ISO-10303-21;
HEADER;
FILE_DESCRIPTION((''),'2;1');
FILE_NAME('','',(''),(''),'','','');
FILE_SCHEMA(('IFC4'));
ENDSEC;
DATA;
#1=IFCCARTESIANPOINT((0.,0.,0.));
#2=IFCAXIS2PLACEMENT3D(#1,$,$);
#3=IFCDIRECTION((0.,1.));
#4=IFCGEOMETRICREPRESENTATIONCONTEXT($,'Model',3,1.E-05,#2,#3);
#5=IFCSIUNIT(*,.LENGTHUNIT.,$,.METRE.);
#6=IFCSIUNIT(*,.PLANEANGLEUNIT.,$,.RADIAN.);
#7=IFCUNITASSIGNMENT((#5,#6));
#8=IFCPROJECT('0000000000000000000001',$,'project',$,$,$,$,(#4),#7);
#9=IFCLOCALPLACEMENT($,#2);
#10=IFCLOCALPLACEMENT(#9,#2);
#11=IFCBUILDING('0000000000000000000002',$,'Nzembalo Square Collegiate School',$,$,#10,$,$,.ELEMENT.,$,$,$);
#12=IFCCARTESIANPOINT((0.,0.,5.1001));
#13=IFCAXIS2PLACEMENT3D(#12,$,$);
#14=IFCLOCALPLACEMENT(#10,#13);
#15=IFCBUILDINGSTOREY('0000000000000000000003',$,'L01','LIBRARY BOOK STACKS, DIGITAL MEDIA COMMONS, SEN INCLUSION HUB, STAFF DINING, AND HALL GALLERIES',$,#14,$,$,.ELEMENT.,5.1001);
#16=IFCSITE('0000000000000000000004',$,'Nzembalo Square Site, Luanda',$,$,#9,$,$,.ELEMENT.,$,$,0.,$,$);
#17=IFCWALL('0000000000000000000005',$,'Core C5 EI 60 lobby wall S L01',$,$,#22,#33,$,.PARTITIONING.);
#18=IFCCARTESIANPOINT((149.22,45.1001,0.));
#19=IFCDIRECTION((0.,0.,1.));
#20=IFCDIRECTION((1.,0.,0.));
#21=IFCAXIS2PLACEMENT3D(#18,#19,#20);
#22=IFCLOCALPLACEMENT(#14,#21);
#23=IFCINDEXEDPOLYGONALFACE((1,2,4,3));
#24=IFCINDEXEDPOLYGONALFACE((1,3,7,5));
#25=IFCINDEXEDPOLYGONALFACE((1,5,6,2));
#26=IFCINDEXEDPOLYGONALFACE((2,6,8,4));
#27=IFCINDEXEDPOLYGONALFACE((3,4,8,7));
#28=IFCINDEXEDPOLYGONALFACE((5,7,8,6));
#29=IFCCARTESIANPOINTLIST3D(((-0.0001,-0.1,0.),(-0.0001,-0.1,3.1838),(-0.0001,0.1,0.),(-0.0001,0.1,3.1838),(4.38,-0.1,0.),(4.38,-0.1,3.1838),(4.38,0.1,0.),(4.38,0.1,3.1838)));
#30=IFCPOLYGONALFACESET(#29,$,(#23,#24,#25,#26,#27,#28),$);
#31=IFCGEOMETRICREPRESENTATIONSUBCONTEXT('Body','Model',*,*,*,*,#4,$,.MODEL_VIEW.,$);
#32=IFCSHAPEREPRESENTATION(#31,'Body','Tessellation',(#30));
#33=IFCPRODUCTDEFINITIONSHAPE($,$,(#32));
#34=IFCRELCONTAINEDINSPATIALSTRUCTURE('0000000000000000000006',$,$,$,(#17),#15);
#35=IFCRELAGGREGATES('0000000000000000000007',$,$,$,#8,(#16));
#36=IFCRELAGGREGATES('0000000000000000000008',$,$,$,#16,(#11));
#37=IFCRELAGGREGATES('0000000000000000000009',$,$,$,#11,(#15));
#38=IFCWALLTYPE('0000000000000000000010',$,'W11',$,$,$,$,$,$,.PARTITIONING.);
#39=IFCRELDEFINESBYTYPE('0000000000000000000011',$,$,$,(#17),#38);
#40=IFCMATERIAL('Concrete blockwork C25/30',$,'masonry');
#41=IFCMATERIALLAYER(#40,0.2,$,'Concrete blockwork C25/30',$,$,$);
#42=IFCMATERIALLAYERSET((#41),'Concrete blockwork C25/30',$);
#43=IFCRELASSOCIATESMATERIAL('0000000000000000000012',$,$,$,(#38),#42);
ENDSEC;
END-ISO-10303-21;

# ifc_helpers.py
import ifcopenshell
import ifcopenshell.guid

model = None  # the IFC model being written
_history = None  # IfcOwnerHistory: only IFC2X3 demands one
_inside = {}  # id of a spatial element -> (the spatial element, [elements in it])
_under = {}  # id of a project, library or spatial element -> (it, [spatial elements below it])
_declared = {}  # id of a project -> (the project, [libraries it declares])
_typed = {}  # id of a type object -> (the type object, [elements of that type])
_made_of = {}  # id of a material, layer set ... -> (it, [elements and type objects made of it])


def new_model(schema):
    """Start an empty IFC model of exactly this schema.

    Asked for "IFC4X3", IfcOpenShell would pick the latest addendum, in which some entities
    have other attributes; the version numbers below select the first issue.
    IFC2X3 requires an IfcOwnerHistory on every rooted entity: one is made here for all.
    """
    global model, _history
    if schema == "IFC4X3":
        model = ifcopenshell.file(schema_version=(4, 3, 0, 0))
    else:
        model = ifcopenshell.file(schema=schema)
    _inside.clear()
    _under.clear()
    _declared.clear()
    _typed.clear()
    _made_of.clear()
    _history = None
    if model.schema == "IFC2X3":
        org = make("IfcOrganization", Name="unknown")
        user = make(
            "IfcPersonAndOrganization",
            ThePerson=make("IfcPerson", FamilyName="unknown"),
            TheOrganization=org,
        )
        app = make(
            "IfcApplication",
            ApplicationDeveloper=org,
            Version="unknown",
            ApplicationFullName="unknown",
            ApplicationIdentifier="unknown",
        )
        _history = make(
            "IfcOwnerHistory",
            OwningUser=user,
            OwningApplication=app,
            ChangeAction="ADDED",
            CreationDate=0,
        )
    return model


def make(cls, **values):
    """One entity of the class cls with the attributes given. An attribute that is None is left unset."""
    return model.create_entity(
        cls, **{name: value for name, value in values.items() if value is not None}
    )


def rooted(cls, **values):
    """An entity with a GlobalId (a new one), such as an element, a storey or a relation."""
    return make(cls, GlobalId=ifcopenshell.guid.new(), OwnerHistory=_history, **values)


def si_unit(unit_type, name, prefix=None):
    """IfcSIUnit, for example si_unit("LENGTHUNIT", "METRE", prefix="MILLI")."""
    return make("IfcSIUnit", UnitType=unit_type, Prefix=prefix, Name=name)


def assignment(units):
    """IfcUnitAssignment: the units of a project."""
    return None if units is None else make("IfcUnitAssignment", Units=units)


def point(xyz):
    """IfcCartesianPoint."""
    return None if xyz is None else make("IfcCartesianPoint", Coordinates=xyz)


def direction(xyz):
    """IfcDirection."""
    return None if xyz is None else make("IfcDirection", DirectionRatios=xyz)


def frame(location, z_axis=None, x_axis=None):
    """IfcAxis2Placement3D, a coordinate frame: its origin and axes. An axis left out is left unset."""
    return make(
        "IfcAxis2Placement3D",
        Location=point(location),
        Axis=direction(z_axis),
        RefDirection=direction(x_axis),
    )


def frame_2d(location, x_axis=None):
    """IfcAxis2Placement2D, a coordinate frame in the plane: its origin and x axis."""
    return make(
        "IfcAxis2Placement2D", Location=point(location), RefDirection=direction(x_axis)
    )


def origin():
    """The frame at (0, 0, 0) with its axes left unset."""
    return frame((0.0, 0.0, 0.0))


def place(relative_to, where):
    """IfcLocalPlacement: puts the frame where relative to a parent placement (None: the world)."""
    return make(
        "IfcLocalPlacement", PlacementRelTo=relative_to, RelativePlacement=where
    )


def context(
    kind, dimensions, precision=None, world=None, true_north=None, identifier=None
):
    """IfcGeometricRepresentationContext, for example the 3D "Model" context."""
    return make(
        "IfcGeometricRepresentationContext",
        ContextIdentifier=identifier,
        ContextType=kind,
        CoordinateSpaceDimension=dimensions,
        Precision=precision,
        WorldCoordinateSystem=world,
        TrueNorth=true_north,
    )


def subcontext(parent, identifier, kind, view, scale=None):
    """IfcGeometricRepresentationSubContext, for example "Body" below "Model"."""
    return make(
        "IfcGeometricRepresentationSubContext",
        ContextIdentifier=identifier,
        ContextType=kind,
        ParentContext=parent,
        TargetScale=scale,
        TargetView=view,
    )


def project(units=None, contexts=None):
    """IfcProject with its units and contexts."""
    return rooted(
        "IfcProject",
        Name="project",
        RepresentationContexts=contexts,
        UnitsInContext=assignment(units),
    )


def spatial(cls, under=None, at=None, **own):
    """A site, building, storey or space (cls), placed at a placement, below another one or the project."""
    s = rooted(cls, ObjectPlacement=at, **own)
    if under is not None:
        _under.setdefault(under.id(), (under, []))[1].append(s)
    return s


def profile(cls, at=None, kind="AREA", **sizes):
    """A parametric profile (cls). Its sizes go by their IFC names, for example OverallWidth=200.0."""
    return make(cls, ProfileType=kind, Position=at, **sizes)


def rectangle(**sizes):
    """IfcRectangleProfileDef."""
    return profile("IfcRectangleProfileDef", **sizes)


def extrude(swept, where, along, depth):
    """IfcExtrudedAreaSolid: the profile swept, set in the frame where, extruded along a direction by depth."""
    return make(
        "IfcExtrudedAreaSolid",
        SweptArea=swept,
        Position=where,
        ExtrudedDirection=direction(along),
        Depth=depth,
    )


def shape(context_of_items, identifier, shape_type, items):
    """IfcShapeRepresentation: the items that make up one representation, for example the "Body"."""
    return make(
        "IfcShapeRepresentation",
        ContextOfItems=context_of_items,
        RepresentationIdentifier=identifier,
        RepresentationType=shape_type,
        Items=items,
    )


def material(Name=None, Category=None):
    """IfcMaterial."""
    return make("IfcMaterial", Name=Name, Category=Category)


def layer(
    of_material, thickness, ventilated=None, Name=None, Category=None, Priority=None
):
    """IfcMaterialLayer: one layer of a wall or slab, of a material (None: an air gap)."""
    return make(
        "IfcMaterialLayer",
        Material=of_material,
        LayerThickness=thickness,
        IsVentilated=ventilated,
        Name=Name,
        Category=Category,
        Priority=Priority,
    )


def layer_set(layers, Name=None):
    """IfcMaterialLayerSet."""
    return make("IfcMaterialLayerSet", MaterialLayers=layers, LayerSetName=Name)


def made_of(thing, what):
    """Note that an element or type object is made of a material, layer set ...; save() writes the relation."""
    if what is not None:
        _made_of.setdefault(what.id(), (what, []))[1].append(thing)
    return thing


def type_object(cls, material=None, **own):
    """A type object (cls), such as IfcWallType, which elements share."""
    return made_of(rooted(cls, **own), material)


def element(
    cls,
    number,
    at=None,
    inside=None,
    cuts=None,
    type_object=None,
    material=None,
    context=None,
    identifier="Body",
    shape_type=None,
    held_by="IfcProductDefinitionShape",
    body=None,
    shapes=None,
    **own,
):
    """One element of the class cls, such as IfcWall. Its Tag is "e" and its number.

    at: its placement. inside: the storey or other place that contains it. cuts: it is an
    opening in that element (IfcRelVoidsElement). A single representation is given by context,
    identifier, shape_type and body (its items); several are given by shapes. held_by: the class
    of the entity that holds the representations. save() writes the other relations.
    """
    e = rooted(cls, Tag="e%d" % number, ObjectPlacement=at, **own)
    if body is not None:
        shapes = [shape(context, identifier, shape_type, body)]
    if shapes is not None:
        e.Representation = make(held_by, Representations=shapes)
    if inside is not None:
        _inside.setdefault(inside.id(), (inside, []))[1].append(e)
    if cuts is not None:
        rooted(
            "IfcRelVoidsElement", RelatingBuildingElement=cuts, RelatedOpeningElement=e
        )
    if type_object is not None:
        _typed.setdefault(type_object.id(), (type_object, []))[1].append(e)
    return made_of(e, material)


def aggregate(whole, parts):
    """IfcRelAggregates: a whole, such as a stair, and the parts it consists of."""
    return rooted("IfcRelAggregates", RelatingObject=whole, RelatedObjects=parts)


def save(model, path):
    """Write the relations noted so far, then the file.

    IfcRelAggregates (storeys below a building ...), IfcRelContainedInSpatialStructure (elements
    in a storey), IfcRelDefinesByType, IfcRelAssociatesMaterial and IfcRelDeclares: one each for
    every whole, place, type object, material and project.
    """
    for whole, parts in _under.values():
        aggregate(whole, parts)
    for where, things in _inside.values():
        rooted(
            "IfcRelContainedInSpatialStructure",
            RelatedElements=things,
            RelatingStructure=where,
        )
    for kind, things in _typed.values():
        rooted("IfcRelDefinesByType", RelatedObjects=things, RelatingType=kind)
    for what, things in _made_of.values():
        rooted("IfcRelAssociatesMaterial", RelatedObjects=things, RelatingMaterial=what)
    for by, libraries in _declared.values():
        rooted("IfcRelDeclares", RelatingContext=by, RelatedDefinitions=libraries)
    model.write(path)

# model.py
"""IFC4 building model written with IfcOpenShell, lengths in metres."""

from ifc_helpers import new_model, si_unit, direction, frame, frame_2d, origin, place, context, subcontext, project, spatial, rectangle, extrude, material, layer, layer_set, type_object, element, save


model = new_model("IFC4")

# Units and contexts
model_context = context("Model", 3, precision=1e-05, world=origin(), true_north=direction((0.0, 1.0)))
body_context = subcontext(model_context, "Body", "Model", "MODEL_VIEW")
ifc_project = project(units=[si_unit("LENGTHUNIT", "METRE"), si_unit("PLANEANGLEUNIT", "RADIAN")], contexts=[model_context])

# Site, building, storey
site_placement = place(None, origin())
site = spatial("IfcSite", under=ifc_project, at=site_placement, Name="Nzembalo Square Site, Luanda", CompositionType="ELEMENT", RefElevation=0.0)
building_placement = place(site_placement, origin())
building = spatial("IfcBuilding", under=site, at=building_placement, Name="Nzembalo Square Collegiate School", CompositionType="ELEMENT")
storey_placement = place(building_placement, frame((0.0, 0.0, 5.1001)))
storey = spatial("IfcBuildingStorey", under=building, at=storey_placement, Name="L01", Description="LIBRARY BOOK STACKS, DIGITAL MEDIA COMMONS, SEN INCLUSION HUB, STAFF DINING, AND HALL GALLERIES", CompositionType="ELEMENT", Elevation=5.1001)

# Shared definitions
ifc_material_1 = material(Name="Concrete blockwork C25/30", Category="masonry")
ifc_layer_1 = layer(ifc_material_1, 0.2, Name="Concrete blockwork C25/30")
ifc_layer_set_1 = layer_set([ifc_layer_1], Name="Concrete blockwork C25/30")
wall_type_1 = type_object("IfcWallType", Name="W11", PredefinedType="PARTITIONING", material=ifc_layer_set_1)

# Wall
wall_1_placement = place(storey_placement, frame((149.22, 45.1001, 0.0), z_axis=(0.0, 0.0, 1.0), x_axis=(1.0, 0.0, 0.0)))
element("IfcWall", 1, at=wall_1_placement, inside=storey, type_object=wall_type_1, Name="Core C5 EI 60 lobby wall S L01", PredefinedType="PARTITIONING", context=body_context, shape_type="SweptSolid", body=[
    extrude(rectangle(XDim=4.3801, YDim=0.2, at=frame_2d((2.1899, 0.0))), origin(), (0.0, 0.0, 1.0), 3.1838),
])

save(model, "model.ifc")
